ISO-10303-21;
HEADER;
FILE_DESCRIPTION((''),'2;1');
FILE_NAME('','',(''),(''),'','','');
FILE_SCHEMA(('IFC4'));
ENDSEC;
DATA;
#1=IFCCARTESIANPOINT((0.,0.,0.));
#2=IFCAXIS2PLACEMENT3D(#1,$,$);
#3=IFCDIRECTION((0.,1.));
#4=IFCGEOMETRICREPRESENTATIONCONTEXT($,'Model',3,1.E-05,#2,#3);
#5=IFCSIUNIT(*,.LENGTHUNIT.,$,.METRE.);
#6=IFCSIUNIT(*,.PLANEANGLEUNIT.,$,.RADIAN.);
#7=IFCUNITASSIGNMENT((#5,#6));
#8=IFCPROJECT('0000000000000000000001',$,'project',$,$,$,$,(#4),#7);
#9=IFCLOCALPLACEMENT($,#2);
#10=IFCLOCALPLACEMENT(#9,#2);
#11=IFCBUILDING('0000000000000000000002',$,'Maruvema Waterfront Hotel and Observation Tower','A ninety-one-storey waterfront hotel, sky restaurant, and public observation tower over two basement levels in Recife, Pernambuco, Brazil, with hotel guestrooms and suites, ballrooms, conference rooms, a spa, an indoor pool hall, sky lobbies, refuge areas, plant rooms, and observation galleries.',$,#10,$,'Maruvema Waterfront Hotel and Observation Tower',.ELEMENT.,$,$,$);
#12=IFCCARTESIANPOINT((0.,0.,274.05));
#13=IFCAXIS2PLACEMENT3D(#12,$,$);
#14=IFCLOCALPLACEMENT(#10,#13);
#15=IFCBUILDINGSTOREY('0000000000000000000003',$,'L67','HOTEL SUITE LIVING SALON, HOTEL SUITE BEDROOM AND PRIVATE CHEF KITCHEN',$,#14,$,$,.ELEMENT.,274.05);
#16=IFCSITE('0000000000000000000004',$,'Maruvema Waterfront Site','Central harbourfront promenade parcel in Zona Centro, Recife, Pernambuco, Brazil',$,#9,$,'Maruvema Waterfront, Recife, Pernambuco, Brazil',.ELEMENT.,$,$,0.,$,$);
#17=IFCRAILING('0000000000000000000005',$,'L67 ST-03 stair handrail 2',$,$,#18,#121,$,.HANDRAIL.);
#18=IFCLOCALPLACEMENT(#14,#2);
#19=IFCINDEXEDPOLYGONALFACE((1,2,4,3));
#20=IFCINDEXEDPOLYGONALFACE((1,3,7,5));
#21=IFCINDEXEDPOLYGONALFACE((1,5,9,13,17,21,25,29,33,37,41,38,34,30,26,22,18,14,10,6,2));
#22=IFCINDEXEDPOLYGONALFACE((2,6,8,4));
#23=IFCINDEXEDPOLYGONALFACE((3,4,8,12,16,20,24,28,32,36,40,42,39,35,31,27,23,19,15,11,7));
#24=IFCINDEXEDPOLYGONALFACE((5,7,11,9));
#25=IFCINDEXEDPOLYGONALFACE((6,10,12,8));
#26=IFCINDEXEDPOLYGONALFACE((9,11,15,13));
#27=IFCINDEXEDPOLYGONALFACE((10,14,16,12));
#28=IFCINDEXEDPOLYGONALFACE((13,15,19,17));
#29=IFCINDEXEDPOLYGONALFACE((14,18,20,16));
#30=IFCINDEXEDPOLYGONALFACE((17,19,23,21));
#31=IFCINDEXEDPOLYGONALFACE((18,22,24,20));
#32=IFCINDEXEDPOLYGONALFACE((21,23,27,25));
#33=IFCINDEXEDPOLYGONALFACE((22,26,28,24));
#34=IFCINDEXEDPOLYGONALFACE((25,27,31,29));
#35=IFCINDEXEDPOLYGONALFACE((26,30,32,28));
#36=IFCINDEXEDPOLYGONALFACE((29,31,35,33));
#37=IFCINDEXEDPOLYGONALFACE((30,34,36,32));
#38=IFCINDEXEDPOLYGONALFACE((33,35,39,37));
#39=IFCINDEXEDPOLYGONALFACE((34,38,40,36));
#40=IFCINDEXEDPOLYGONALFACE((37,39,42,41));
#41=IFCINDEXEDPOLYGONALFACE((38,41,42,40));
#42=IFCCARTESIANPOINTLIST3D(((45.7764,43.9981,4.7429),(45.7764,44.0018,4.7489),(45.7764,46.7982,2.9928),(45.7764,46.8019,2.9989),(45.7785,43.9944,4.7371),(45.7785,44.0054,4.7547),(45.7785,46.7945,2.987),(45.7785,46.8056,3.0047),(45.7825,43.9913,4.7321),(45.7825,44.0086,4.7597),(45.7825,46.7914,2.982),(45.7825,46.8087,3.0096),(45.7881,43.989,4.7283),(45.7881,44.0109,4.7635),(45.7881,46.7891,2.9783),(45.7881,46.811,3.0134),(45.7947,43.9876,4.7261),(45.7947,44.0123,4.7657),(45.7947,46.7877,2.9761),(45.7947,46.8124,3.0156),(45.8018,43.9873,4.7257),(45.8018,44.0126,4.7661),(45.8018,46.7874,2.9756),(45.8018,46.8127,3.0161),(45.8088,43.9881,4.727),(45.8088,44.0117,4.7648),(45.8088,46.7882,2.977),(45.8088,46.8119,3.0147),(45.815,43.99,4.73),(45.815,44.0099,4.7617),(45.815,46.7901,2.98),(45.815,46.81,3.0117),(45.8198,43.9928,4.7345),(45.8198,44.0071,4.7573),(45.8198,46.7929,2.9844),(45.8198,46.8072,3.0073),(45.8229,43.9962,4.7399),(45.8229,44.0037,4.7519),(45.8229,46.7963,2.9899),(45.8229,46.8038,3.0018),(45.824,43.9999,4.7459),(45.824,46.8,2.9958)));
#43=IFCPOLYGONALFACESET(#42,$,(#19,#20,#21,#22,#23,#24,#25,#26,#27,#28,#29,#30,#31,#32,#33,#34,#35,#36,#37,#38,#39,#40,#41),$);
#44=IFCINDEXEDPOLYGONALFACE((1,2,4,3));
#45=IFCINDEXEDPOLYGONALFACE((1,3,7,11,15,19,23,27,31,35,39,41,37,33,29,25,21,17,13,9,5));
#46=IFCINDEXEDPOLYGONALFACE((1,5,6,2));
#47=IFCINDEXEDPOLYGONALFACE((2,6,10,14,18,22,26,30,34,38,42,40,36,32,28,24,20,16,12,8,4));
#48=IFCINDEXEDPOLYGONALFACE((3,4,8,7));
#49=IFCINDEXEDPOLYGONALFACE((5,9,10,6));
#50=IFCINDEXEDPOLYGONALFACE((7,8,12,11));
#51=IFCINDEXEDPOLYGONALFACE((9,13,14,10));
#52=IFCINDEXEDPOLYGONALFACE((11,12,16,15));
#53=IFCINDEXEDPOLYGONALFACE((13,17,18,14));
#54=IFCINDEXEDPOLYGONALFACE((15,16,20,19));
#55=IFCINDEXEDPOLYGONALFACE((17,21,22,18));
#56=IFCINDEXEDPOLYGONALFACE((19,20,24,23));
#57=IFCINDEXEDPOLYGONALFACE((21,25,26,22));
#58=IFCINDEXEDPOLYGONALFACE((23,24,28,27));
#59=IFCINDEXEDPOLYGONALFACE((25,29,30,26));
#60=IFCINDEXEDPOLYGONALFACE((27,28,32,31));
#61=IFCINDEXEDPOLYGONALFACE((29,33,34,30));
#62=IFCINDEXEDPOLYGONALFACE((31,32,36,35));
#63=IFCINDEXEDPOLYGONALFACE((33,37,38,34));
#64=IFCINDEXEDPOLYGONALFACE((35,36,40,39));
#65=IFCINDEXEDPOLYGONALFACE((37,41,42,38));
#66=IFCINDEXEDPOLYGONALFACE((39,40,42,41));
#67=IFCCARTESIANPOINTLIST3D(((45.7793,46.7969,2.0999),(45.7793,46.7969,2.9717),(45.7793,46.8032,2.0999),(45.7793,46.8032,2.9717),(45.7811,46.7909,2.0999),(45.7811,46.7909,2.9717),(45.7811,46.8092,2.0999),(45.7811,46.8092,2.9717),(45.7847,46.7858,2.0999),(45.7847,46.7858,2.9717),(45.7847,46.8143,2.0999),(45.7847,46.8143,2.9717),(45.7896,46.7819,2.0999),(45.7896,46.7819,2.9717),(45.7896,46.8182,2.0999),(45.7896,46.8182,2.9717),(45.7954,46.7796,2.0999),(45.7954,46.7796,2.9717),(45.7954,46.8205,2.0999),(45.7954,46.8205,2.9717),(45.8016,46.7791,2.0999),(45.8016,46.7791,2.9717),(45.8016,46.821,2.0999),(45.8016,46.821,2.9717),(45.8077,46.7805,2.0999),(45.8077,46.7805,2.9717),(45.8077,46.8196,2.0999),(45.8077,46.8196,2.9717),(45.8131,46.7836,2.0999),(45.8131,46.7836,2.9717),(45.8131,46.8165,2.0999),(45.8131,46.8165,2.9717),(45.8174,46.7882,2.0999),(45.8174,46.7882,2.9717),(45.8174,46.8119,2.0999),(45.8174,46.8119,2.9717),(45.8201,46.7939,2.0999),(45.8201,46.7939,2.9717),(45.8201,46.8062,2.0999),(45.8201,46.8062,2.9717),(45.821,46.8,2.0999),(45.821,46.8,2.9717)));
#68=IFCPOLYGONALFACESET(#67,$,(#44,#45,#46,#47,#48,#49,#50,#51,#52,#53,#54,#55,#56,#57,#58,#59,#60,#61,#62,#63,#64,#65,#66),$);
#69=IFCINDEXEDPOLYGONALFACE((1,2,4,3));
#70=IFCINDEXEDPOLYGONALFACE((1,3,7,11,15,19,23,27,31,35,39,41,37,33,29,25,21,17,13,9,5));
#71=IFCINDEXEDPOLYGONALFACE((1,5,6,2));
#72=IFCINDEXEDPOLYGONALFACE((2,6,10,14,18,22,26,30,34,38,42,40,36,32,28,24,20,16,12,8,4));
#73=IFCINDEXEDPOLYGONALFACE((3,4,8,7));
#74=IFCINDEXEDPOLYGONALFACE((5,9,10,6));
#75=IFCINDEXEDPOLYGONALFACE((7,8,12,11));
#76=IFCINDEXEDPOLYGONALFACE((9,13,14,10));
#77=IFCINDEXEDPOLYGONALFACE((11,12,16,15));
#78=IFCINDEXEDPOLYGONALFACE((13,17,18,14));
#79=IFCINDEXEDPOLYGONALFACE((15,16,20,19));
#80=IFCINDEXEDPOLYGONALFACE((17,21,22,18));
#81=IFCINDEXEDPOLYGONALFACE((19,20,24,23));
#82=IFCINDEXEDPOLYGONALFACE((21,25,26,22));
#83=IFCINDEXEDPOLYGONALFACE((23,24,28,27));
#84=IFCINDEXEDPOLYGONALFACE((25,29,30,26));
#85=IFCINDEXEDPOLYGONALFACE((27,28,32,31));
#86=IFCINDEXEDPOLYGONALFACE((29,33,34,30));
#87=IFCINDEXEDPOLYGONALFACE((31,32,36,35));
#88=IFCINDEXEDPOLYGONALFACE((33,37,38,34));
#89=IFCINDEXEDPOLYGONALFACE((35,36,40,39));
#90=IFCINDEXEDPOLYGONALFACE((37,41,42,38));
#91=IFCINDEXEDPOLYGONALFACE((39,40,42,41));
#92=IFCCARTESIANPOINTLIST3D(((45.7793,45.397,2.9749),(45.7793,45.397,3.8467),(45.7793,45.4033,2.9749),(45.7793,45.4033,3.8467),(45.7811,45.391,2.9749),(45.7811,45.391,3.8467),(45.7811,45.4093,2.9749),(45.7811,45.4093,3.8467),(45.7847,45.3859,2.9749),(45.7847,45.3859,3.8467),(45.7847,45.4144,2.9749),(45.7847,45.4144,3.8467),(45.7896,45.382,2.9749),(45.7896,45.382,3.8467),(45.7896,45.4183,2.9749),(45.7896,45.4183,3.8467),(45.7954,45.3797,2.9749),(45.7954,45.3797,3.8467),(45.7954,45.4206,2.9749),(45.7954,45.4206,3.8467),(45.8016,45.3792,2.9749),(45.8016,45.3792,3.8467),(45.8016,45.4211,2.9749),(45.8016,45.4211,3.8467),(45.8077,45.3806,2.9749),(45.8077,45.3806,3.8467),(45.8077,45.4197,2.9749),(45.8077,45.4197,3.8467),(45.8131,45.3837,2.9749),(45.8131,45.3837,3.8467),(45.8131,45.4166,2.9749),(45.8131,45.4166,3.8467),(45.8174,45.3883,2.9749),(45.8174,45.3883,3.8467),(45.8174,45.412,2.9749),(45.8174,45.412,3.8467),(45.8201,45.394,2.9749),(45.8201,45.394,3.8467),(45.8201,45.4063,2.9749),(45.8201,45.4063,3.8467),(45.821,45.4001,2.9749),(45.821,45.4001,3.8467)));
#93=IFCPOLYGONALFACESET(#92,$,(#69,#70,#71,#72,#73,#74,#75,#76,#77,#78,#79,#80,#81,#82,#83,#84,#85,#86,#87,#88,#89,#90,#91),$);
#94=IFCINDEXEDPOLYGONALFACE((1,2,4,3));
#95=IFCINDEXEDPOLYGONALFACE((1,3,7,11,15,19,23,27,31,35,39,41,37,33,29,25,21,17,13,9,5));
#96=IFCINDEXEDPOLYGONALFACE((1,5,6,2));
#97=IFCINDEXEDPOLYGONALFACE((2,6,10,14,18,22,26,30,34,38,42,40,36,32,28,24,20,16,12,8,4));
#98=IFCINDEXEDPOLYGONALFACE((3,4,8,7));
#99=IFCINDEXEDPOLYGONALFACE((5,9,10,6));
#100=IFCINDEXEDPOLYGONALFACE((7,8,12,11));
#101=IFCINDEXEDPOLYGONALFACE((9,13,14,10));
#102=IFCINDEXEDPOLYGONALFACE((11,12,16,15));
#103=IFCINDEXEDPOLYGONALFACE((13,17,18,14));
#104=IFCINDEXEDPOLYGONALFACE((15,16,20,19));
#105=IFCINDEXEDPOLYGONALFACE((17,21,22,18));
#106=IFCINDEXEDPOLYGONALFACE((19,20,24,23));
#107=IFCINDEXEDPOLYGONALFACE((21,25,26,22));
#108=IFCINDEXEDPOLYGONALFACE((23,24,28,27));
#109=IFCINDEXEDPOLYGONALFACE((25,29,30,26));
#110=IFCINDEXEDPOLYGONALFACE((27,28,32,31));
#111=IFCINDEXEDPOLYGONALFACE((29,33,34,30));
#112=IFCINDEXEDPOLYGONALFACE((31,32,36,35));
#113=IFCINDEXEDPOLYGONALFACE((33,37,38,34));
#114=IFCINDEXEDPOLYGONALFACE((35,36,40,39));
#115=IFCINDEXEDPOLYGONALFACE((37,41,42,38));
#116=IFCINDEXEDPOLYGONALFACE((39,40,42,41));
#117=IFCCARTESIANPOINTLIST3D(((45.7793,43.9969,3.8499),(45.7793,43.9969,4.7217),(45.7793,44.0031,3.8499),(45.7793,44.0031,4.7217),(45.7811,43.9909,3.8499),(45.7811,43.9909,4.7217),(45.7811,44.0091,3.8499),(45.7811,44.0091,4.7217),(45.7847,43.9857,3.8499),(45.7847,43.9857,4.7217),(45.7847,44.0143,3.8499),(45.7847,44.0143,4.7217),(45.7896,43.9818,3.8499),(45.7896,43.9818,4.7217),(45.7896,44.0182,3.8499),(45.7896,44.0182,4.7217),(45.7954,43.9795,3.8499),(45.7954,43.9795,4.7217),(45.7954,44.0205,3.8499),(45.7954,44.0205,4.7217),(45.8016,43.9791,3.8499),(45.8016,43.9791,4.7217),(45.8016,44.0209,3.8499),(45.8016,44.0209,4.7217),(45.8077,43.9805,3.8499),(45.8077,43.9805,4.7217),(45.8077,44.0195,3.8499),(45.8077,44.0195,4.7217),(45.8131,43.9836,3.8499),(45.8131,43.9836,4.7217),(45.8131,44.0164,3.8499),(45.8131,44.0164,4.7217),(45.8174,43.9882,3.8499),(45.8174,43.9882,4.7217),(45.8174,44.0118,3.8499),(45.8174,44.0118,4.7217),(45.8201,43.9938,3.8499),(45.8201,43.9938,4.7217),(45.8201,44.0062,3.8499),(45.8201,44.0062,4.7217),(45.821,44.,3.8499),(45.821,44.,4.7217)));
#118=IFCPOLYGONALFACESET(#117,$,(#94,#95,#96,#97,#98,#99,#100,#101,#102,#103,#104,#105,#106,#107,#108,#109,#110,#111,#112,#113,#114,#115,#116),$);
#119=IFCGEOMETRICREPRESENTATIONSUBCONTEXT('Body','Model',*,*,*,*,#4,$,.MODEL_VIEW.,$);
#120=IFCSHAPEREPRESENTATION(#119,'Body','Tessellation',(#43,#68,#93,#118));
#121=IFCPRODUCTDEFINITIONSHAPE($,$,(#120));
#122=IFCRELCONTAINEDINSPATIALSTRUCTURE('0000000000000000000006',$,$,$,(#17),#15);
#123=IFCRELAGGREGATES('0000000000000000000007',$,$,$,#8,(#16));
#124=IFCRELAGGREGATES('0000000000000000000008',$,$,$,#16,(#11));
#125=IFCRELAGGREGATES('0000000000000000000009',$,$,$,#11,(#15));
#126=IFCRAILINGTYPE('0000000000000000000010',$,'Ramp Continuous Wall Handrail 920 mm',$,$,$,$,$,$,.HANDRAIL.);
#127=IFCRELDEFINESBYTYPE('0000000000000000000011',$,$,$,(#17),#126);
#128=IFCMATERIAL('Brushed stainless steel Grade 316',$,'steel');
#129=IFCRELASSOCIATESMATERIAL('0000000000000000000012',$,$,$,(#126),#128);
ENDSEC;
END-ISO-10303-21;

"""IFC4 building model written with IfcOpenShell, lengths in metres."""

from ifc_helpers import new_model, si_unit, direction, frame, origin, origin_2d, place, context, subcontext, project, spatial, circle, extrude, material, type_object, element, save


model = new_model("IFC4")

# Units and contexts
model_context = context("Model", 3, precision=1e-05, world=origin(), true_north=direction((0.0, 1.0)))
body_context = subcontext(model_context, "Body", "Model", "MODEL_VIEW")
ifc_project = project(units=[si_unit("LENGTHUNIT", "METRE"), si_unit("PLANEANGLEUNIT", "RADIAN")], contexts=[model_context])

# Site, building, storey
site_placement = place(None, origin())
site = spatial("IfcSite", under=ifc_project, at=site_placement, Name="Maruvema Waterfront Site", Description="Central harbourfront promenade parcel in Zona Centro, Recife, Pernambuco, Brazil", LongName="Maruvema Waterfront, Recife, Pernambuco, Brazil", CompositionType="ELEMENT", RefElevation=0.0)
building_placement = place(site_placement, origin())
building = spatial("IfcBuilding", under=site, at=building_placement, Name="Maruvema Waterfront Hotel and Observation Tower", Description="A ninety-one-storey waterfront hotel, sky restaurant, and public observation tower over two basement levels in Recife, Pernambuco, Brazil, with hotel guestrooms and suites, ballrooms, conference rooms, a spa, an indoor pool hall, sky lobbies, refuge areas, plant rooms, and observation galleries.", LongName="Maruvema Waterfront Hotel and Observation Tower", CompositionType="ELEMENT")
storey_placement = place(building_placement, frame((0.0, 0.0, 274.05)))
storey = spatial("IfcBuildingStorey", under=building, at=storey_placement, Name="L67", Description="HOTEL SUITE LIVING SALON, HOTEL SUITE BEDROOM AND PRIVATE CHEF KITCHEN", CompositionType="ELEMENT", Elevation=274.05)

# Railing
ifc_material_1 = material(Name="Brushed stainless steel Grade 316", Category="steel")
railing_type_1 = type_object("IfcRailingType", Name="Ramp Continuous Wall Handrail 920 mm", PredefinedType="HANDRAIL", material=ifc_material_1)
railing_1_placement = place(storey_placement, frame((45.8, 46.8, 2.0999)))
element("IfcRailing", 1, at=railing_1_placement, inside=storey, type_object=railing_type_1, Name="L67 ST-03 stair handrail 2", PredefinedType="HANDRAIL", context=body_context, shape_type="SweptSolid", body=[
    extrude(circle(Radius=0.0239, at=origin_2d()), frame((0.0, 0.0, 0.896), z_axis=(0.0, -0.848002, 0.529992), x_axis=(1.0, 0.0, 0.0)), (0.0, 0.0, 1.0), 3.302),
    extrude(circle(Radius=0.021, at=origin_2d()), origin(), (0.0, 0.0, 1.0), 0.8718),
    extrude(circle(Radius=0.021, at=origin_2d()), frame((0.0, -1.3999, 0.875)), (0.0, 0.0, 1.0), 0.8718),
    extrude(circle(Radius=0.021, at=origin_2d()), frame((0.0, -2.8, 1.75)), (0.0, 0.0, 1.0), 0.8718),
])

save(model, "model.ifc")
